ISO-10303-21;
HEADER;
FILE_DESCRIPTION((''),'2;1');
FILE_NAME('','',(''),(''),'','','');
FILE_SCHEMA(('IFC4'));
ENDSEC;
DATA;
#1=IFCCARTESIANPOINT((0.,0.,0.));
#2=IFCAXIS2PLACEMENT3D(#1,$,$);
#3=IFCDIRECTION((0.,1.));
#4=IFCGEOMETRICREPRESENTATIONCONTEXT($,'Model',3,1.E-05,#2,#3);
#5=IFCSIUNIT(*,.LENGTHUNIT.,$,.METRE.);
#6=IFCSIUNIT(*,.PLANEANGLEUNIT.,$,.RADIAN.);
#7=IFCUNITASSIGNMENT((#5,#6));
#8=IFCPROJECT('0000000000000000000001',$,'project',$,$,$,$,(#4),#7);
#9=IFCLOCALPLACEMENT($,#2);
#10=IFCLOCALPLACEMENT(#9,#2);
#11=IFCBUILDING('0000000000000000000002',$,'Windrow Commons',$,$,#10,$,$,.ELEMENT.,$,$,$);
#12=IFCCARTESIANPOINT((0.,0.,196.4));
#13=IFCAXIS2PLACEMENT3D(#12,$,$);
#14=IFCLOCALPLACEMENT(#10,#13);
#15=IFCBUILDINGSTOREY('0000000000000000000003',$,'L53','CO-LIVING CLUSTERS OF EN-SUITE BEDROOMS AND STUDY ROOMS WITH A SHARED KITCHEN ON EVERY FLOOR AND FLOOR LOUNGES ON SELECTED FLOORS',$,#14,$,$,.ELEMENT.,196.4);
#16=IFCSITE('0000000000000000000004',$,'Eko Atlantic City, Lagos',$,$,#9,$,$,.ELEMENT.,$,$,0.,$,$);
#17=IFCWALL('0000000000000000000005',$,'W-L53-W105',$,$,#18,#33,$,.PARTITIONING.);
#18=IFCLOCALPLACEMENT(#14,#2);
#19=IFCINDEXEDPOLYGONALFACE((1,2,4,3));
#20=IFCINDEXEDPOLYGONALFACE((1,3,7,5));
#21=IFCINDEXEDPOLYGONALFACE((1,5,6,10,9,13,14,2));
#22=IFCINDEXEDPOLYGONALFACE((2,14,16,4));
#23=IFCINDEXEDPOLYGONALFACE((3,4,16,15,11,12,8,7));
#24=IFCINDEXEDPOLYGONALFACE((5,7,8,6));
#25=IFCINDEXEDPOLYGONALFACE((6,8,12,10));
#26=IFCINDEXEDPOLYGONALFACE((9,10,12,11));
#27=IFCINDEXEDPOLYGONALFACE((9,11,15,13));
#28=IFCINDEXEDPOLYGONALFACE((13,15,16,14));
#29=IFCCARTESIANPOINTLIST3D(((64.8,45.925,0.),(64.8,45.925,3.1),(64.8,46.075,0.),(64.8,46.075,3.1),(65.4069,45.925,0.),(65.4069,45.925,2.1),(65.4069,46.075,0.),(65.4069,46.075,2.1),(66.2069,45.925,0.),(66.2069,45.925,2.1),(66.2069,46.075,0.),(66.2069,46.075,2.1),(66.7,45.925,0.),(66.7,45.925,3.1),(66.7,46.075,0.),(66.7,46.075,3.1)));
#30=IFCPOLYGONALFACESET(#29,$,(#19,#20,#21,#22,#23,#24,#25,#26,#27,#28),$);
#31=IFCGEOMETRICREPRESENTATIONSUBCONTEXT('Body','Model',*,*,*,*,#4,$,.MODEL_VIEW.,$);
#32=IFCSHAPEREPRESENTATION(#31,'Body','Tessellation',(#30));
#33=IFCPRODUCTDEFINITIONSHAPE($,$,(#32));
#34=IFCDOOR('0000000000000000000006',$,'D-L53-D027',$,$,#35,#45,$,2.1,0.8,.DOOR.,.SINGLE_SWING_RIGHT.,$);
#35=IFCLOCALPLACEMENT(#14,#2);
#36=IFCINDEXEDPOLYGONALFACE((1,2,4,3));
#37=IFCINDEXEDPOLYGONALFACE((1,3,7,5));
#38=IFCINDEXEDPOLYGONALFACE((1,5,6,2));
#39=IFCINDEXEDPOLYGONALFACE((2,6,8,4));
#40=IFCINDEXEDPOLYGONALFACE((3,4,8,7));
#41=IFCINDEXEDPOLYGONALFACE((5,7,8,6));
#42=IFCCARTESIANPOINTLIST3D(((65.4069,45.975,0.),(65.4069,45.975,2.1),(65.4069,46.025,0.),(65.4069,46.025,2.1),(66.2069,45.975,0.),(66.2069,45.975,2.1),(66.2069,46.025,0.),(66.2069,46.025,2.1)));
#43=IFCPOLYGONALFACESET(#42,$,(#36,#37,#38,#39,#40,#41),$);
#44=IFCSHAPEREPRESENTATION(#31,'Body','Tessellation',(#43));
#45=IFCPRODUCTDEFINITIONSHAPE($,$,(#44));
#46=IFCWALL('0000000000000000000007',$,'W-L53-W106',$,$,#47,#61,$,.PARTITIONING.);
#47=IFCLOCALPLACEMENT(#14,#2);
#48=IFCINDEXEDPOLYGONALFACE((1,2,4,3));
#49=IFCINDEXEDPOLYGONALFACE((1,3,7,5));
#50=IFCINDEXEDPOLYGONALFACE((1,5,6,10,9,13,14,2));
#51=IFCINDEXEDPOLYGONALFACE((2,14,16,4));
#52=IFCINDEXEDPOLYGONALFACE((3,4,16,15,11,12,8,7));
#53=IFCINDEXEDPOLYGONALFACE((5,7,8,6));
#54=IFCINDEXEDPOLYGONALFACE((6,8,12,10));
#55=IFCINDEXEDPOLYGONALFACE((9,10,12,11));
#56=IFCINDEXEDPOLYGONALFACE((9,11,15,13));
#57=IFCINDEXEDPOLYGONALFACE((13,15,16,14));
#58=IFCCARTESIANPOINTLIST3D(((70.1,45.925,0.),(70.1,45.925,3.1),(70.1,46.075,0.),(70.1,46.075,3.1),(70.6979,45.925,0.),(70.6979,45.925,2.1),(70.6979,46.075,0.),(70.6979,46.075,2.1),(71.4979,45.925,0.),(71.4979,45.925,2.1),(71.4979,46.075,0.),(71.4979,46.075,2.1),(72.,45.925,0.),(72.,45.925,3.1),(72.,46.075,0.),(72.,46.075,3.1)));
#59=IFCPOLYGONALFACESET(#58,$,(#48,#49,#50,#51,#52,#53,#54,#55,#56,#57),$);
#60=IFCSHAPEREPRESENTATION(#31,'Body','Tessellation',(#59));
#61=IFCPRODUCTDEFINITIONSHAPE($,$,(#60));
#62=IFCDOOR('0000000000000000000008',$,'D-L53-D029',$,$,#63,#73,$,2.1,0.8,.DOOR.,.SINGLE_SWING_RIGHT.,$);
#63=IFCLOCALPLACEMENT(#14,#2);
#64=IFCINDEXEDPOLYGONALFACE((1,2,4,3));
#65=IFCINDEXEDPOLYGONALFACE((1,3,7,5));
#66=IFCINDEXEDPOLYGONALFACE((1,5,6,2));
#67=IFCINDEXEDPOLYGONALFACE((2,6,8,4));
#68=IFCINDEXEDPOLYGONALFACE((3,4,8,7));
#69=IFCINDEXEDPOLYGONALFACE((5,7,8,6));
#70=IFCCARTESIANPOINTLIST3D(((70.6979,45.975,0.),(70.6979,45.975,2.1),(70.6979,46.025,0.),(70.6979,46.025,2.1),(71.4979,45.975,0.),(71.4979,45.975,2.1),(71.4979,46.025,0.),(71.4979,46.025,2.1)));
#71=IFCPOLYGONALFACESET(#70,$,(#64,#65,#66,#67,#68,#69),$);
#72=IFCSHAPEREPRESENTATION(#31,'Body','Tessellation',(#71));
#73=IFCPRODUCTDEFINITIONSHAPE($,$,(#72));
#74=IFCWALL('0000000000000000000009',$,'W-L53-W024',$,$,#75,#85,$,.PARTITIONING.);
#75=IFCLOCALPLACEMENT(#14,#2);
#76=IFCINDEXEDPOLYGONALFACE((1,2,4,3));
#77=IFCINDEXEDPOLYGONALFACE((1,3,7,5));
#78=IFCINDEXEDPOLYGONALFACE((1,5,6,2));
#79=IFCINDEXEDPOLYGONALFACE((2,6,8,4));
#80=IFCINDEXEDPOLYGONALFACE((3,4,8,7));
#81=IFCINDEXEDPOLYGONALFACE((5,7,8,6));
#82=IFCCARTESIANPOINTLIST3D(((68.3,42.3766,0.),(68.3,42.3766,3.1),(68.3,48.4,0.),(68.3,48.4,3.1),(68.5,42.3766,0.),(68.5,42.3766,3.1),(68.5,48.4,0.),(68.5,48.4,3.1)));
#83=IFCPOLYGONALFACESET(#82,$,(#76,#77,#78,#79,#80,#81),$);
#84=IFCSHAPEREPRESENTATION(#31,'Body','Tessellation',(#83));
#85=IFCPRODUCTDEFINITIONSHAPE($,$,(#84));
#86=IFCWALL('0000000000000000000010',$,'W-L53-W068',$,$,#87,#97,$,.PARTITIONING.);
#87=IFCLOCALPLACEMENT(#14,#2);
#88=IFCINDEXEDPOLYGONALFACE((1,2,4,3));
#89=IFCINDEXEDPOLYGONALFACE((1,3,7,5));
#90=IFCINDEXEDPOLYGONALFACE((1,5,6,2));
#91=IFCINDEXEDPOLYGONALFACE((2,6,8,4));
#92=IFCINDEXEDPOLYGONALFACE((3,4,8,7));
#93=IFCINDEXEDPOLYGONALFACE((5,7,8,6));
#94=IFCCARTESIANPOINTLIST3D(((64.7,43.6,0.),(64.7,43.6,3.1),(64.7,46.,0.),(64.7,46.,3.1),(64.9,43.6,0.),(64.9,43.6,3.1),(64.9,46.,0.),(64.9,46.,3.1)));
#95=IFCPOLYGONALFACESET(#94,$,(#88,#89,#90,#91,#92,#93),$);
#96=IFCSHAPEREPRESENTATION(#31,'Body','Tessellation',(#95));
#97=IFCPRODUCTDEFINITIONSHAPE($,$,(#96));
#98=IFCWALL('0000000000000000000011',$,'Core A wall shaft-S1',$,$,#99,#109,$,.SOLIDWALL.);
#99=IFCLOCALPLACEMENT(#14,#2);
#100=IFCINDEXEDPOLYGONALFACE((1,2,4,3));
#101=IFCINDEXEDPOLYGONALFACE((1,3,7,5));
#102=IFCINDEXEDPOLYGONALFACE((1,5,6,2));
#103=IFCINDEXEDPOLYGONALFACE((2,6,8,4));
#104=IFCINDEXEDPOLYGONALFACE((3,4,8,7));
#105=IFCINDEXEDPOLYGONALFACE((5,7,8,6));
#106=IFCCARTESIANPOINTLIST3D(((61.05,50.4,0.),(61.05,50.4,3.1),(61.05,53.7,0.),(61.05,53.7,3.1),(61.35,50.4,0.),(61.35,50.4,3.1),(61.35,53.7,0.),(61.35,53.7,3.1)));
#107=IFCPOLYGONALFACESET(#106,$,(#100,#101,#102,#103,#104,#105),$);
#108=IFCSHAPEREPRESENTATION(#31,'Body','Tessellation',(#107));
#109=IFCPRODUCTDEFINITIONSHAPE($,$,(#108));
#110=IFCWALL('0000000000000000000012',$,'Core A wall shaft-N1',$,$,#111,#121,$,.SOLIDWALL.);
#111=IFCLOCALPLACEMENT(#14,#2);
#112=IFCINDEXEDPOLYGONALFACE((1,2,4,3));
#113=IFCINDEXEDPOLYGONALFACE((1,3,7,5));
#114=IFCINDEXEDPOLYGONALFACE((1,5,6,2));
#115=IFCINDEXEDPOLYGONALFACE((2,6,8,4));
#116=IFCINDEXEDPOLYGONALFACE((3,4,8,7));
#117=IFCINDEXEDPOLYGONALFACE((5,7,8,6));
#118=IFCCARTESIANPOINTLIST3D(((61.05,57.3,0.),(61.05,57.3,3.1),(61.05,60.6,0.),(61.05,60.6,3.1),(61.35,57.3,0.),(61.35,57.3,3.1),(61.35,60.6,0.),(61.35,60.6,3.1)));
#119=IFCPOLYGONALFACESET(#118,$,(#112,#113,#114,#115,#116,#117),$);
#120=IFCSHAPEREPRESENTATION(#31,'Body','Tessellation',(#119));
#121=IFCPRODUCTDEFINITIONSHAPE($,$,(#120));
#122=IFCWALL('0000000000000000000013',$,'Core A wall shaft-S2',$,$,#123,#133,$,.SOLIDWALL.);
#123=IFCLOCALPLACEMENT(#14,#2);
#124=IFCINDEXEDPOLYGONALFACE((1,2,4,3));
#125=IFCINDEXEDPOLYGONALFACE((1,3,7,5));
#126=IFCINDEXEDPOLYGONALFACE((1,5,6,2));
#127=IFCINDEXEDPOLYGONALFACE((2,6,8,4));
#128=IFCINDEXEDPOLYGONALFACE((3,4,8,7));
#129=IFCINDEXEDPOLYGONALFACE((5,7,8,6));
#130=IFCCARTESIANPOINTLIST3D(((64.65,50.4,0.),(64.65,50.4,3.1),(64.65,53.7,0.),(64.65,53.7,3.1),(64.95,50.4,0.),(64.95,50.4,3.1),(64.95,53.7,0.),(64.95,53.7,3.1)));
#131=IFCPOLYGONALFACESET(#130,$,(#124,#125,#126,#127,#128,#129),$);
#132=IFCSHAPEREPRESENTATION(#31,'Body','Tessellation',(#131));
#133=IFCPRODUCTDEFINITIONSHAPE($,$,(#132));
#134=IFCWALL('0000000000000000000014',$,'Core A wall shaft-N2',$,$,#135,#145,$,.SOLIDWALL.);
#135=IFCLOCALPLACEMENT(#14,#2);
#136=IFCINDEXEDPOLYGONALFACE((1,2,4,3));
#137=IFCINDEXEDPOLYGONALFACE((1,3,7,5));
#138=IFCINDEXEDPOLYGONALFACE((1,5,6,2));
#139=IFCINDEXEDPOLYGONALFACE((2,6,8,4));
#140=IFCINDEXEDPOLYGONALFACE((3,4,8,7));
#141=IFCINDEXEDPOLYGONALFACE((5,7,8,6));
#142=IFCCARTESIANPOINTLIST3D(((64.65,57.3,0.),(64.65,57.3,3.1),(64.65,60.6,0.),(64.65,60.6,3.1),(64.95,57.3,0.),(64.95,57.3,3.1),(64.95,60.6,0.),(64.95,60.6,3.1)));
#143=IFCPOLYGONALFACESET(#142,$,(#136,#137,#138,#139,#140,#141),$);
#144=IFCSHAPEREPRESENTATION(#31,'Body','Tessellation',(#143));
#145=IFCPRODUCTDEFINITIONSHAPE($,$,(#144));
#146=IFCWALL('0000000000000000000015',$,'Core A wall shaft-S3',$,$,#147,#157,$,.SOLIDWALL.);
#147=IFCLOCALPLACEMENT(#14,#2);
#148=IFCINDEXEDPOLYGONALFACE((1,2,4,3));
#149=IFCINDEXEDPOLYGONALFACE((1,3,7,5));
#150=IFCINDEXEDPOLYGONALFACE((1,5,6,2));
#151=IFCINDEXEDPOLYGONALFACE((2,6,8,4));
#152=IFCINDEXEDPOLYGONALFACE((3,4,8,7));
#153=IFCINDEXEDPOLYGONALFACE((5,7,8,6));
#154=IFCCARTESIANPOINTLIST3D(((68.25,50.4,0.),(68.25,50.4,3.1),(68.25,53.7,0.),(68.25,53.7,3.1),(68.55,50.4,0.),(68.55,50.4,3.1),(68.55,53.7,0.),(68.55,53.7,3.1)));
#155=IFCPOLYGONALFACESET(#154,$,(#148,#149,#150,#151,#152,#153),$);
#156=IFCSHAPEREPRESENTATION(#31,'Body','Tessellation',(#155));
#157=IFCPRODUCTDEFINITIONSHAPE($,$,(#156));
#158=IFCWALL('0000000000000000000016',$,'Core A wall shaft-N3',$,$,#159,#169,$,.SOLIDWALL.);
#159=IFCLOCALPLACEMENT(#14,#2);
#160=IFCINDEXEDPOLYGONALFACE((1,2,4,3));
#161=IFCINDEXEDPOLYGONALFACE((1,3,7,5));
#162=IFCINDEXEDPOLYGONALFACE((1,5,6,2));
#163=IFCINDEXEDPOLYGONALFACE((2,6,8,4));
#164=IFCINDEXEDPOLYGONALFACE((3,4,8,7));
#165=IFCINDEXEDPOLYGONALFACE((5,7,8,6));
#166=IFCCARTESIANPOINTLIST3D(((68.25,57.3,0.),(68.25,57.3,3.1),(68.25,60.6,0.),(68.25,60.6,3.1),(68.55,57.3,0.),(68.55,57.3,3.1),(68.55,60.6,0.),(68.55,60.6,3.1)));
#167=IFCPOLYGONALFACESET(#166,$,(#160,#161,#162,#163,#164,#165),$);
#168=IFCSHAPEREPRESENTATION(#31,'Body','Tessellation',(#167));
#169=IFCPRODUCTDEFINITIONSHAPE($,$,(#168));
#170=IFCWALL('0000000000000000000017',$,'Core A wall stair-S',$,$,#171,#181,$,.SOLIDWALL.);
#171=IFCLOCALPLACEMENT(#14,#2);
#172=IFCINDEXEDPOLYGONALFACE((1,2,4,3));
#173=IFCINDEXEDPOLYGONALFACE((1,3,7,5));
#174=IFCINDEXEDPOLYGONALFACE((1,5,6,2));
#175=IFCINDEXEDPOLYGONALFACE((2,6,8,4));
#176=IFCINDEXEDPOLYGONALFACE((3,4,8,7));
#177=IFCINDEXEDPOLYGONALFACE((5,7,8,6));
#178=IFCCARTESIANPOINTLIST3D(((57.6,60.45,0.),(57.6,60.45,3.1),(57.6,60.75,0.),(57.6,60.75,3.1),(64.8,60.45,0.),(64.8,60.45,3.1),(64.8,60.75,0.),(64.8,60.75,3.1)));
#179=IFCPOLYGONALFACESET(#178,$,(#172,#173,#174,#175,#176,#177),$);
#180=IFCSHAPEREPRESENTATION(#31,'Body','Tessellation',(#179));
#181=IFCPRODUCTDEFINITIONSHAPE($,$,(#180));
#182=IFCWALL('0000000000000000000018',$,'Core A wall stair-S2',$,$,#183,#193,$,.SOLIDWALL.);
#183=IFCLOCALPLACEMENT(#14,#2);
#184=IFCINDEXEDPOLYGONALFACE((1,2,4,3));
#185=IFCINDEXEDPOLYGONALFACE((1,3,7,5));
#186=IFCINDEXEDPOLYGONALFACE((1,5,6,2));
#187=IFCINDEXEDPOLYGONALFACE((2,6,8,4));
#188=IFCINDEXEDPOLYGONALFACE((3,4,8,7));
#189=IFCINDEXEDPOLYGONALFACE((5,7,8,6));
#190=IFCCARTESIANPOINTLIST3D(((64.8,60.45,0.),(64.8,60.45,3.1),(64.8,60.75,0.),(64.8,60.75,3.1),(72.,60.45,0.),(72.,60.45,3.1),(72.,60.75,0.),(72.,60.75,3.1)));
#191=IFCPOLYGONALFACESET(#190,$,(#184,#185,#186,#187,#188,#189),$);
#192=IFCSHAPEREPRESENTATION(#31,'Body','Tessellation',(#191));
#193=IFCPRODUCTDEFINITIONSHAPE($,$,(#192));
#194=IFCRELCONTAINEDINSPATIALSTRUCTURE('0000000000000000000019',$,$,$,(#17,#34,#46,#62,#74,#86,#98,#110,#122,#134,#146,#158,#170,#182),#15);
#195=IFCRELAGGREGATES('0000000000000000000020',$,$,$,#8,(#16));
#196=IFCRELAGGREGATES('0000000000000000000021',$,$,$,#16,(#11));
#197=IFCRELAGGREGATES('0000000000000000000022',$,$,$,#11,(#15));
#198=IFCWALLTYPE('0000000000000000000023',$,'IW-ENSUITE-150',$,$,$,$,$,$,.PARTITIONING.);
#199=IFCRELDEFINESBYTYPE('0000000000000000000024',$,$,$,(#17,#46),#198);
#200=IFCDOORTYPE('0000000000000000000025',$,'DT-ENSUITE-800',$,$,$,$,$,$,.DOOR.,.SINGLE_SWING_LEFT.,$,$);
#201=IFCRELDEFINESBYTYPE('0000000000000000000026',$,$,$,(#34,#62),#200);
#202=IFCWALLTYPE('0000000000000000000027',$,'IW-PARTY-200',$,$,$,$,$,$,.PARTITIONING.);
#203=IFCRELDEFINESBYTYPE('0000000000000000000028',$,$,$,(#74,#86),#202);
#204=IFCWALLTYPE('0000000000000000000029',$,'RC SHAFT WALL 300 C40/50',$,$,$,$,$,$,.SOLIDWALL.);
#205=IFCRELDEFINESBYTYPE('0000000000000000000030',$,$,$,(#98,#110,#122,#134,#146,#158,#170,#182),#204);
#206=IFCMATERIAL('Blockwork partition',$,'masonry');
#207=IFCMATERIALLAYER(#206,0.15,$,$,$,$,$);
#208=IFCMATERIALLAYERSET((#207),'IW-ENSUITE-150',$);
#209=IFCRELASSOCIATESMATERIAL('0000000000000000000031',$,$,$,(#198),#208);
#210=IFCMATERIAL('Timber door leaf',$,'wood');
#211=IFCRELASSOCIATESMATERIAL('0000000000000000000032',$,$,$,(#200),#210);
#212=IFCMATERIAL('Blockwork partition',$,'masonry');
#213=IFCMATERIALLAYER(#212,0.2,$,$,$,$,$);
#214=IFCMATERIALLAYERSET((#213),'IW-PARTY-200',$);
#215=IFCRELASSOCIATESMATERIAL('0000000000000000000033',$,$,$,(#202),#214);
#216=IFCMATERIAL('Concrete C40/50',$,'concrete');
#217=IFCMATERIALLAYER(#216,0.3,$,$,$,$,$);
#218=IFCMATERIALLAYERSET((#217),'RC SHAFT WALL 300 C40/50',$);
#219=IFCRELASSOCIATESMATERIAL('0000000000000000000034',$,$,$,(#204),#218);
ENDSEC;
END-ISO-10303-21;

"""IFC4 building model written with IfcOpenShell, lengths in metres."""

from ifc_helpers import new_model, si_unit, direction, frame, frame_2d, origin, place, context, subcontext, project, spatial, rectangle, extrude, material, layer, layer_set, type_object, element, fill, save


model = new_model("IFC4")

# Units and contexts
model_context = context("Model", 3, precision=1e-05, world=origin(), true_north=direction((0.0, 1.0)))
body_context = subcontext(model_context, "Body", "Model", "MODEL_VIEW")
ifc_project = project(units=[si_unit("LENGTHUNIT", "METRE"), si_unit("PLANEANGLEUNIT", "RADIAN")], contexts=[model_context])

# Site, building, storey
site_placement = place(None, origin())
site = spatial("IfcSite", under=ifc_project, at=site_placement, Name="Eko Atlantic City, Lagos", CompositionType="ELEMENT", RefElevation=0.0)
building_placement = place(site_placement, origin())
building = spatial("IfcBuilding", under=site, at=building_placement, Name="Windrow Commons", CompositionType="ELEMENT")
storey_placement = place(building_placement, frame((0.0, 0.0, 196.4)))
storey = spatial("IfcBuildingStorey", under=building, at=storey_placement, Name="L53", Description="CO-LIVING CLUSTERS OF EN-SUITE BEDROOMS AND STUDY ROOMS WITH A SHARED KITCHEN ON EVERY FLOOR AND FLOOR LOUNGES ON SELECTED FLOORS", CompositionType="ELEMENT", Elevation=196.4)

# Shared definitions
ifc_material_1 = material(Name="Blockwork partition", Category="masonry")
ifc_layer_1 = layer(ifc_material_1, 0.15)
ifc_layer_set_1 = layer_set([ifc_layer_1], Name="IW-ENSUITE-150")
wall_type_1 = type_object("IfcWallType", Name="IW-ENSUITE-150", PredefinedType="PARTITIONING", material=ifc_layer_set_1)

# Walls, openings, doors
wall_1_placement = place(storey_placement, frame((64.8, 46.0, 0.0), z_axis=(0.0, 0.0, 1.0), x_axis=(1.0, 0.0, 0.0)))
wall_1 = element("IfcWall", 1, at=wall_1_placement, inside=storey, type_object=wall_type_1, Name="W-L53-W105", PredefinedType="PARTITIONING", context=body_context, shape_type="SweptSolid", body=[
    extrude(rectangle(XDim=1.9, YDim=0.15, at=frame_2d((0.95, 0.0))), origin(), (0.0, 0.0, 1.0), 3.1),
])
opening_1_placement = place(wall_1_placement, frame((0.6069, 0.0, 0.0)))
opening_1 = element("IfcOpeningElement", 2, at=opening_1_placement, cuts=wall_1, PredefinedType="OPENING", context=body_context, shape_type="SweptSolid", body=[
    extrude(rectangle(XDim=0.8, YDim=2.1, at=frame_2d((0.4, 1.05))), frame((0.0, 0.085, 0.0), z_axis=(0.0, -1.0, 0.0), x_axis=(1.0, 0.0, 0.0)), (0.0, 0.0, 1.0), 0.17),
])
ifc_material_2 = material(Name="Timber door leaf", Category="wood")
door_type = type_object("IfcDoorType", Name="DT-ENSUITE-800", OperationType="SINGLE_SWING_LEFT", PredefinedType="DOOR", material=ifc_material_2)
door_1_placement = place(opening_1_placement, origin())
door_1 = element("IfcDoor", 3, at=door_1_placement, inside=storey, type_object=door_type, Name="D-L53-D027", OperationType="SINGLE_SWING_RIGHT", OverallHeight=2.1, OverallWidth=0.8, PredefinedType="DOOR", context=body_context, shape_type="SweptSolid", body=[
    extrude(rectangle(XDim=0.8, YDim=2.1, at=frame_2d((0.4, 1.05))), frame((0.0, 0.025, 0.0), z_axis=(0.0, -1.0, 0.0), x_axis=(1.0, 0.0, 0.0)), (0.0, 0.0, 1.0), 0.05),
])
fill(opening_1, door_1)
wall_2_placement = place(storey_placement, frame((70.1, 46.0, 0.0), z_axis=(0.0, 0.0, 1.0), x_axis=(1.0, 0.0, 0.0)))
wall_2 = element("IfcWall", 4, at=wall_2_placement, inside=storey, type_object=wall_type_1, Name="W-L53-W106", PredefinedType="PARTITIONING", context=body_context, shape_type="SweptSolid", body=[
    extrude(rectangle(XDim=1.9, YDim=0.15, at=frame_2d((0.95, 0.0))), origin(), (0.0, 0.0, 1.0), 3.1),
])
opening_2_placement = place(wall_2_placement, frame((0.5979, 0.0, 0.0)))
opening_2 = element("IfcOpeningElement", 5, at=opening_2_placement, cuts=wall_2, PredefinedType="OPENING", context=body_context, shape_type="SweptSolid", body=[
    extrude(rectangle(XDim=0.8, YDim=2.1, at=frame_2d((0.4, 1.05))), frame((0.0, 0.085, 0.0), z_axis=(0.0, -1.0, 0.0), x_axis=(1.0, 0.0, 0.0)), (0.0, 0.0, 1.0), 0.17),
])
door_2_placement = place(opening_2_placement, origin())
door_2 = element("IfcDoor", 6, at=door_2_placement, inside=storey, type_object=door_type, Name="D-L53-D029", OperationType="SINGLE_SWING_RIGHT", OverallHeight=2.1, OverallWidth=0.8, PredefinedType="DOOR", context=body_context, shape_type="SweptSolid", body=[
    extrude(rectangle(XDim=0.8, YDim=2.1, at=frame_2d((0.4, 1.05))), frame((0.0, 0.025, 0.0), z_axis=(0.0, -1.0, 0.0), x_axis=(1.0, 0.0, 0.0)), (0.0, 0.0, 1.0), 0.05),
])
fill(opening_2, door_2)

# Walls
ifc_material_3 = material(Name="Blockwork partition", Category="masonry")
ifc_layer_2 = layer(ifc_material_3, 0.2)
ifc_layer_set_2 = layer_set([ifc_layer_2], Name="IW-PARTY-200")
wall_type_2 = type_object("IfcWallType", Name="IW-PARTY-200", PredefinedType="PARTITIONING", material=ifc_layer_set_2)
wall_3_placement = place(storey_placement, frame((68.4, 42.3766, 0.0), z_axis=(0.0, 0.0, 1.0), x_axis=(0.0, 1.0, 0.0)))
element("IfcWall", 7, at=wall_3_placement, inside=storey, type_object=wall_type_2, Name="W-L53-W024", PredefinedType="PARTITIONING", context=body_context, shape_type="SweptSolid", body=[
    extrude(rectangle(XDim=6.0234, YDim=0.2, at=frame_2d((3.0117, 0.0))), origin(), (0.0, 0.0, 1.0), 3.1),
])
wall_4_placement = place(storey_placement, frame((64.8, 43.6, 0.0), z_axis=(0.0, 0.0, 1.0), x_axis=(0.0, 1.0, 0.0)))
element("IfcWall", 8, at=wall_4_placement, inside=storey, type_object=wall_type_2, Name="W-L53-W068", PredefinedType="PARTITIONING", context=body_context, shape_type="SweptSolid", body=[
    extrude(rectangle(XDim=2.4, YDim=0.2, at=frame_2d((1.2, 0.0))), origin(), (0.0, 0.0, 1.0), 3.1),
])
ifc_material_4 = material(Name="Concrete C40/50", Category="concrete")
ifc_layer_3 = layer(ifc_material_4, 0.3)
ifc_layer_set_3 = layer_set([ifc_layer_3], Name="RC SHAFT WALL 300 C40/50")
wall_type_3 = type_object("IfcWallType", Name="RC SHAFT WALL 300 C40/50", PredefinedType="SOLIDWALL", material=ifc_layer_set_3)
for number, where, z_axis, x_axis, name in (
    (9, (61.2, 50.4, 0.0), (0.0, 0.0, 1.0), (0.0, 1.0, 0.0), "Core A wall shaft-S1"),
    (10, (61.2, 57.3, 0.0), (0.0, 0.0, 1.0), (0.0, 1.0, 0.0), "Core A wall shaft-N1"),
    (11, (64.8, 50.4, 0.0), (0.0, 0.0, 1.0), (0.0, 1.0, 0.0), "Core A wall shaft-S2"),
    (12, (64.8, 57.3, 0.0), (0.0, 0.0, 1.0), (0.0, 1.0, 0.0), "Core A wall shaft-N2"),
    (13, (68.4, 50.4, 0.0), (0.0, 0.0, 1.0), (0.0, 1.0, 0.0), "Core A wall shaft-S3"),
    (14, (68.4, 57.3, 0.0), (0.0, 0.0, 1.0), (0.0, 1.0, 0.0), "Core A wall shaft-N3"),
):
    element("IfcWall", number, at=place(storey_placement, frame(where, z_axis=z_axis, x_axis=x_axis)), inside=storey, type_object=wall_type_3, Name=name, PredefinedType="SOLIDWALL", context=body_context, shape_type="SweptSolid", body=[
        extrude(rectangle(XDim=3.3, YDim=0.3, at=frame_2d((1.65, 0.0))), origin(), (0.0, 0.0, 1.0), 3.1),
    ])
for number, where, z_axis, x_axis, name in (
    (15, (57.6, 60.6, 0.0), (0.0, 0.0, 1.0), (1.0, 0.0, 0.0), "Core A wall stair-S"),
    (16, (64.8, 60.6, 0.0), (0.0, 0.0, 1.0), (1.0, 0.0, 0.0), "Core A wall stair-S2"),
):
    element("IfcWall", number, at=place(storey_placement, frame(where, z_axis=z_axis, x_axis=x_axis)), inside=storey, type_object=wall_type_3, Name=name, PredefinedType="SOLIDWALL", context=body_context, shape_type="SweptSolid", body=[
        extrude(rectangle(XDim=7.2, YDim=0.3, at=frame_2d((3.6, 0.0))), origin(), (0.0, 0.0, 1.0), 3.1),
    ])

save(model, "model.ifc")
